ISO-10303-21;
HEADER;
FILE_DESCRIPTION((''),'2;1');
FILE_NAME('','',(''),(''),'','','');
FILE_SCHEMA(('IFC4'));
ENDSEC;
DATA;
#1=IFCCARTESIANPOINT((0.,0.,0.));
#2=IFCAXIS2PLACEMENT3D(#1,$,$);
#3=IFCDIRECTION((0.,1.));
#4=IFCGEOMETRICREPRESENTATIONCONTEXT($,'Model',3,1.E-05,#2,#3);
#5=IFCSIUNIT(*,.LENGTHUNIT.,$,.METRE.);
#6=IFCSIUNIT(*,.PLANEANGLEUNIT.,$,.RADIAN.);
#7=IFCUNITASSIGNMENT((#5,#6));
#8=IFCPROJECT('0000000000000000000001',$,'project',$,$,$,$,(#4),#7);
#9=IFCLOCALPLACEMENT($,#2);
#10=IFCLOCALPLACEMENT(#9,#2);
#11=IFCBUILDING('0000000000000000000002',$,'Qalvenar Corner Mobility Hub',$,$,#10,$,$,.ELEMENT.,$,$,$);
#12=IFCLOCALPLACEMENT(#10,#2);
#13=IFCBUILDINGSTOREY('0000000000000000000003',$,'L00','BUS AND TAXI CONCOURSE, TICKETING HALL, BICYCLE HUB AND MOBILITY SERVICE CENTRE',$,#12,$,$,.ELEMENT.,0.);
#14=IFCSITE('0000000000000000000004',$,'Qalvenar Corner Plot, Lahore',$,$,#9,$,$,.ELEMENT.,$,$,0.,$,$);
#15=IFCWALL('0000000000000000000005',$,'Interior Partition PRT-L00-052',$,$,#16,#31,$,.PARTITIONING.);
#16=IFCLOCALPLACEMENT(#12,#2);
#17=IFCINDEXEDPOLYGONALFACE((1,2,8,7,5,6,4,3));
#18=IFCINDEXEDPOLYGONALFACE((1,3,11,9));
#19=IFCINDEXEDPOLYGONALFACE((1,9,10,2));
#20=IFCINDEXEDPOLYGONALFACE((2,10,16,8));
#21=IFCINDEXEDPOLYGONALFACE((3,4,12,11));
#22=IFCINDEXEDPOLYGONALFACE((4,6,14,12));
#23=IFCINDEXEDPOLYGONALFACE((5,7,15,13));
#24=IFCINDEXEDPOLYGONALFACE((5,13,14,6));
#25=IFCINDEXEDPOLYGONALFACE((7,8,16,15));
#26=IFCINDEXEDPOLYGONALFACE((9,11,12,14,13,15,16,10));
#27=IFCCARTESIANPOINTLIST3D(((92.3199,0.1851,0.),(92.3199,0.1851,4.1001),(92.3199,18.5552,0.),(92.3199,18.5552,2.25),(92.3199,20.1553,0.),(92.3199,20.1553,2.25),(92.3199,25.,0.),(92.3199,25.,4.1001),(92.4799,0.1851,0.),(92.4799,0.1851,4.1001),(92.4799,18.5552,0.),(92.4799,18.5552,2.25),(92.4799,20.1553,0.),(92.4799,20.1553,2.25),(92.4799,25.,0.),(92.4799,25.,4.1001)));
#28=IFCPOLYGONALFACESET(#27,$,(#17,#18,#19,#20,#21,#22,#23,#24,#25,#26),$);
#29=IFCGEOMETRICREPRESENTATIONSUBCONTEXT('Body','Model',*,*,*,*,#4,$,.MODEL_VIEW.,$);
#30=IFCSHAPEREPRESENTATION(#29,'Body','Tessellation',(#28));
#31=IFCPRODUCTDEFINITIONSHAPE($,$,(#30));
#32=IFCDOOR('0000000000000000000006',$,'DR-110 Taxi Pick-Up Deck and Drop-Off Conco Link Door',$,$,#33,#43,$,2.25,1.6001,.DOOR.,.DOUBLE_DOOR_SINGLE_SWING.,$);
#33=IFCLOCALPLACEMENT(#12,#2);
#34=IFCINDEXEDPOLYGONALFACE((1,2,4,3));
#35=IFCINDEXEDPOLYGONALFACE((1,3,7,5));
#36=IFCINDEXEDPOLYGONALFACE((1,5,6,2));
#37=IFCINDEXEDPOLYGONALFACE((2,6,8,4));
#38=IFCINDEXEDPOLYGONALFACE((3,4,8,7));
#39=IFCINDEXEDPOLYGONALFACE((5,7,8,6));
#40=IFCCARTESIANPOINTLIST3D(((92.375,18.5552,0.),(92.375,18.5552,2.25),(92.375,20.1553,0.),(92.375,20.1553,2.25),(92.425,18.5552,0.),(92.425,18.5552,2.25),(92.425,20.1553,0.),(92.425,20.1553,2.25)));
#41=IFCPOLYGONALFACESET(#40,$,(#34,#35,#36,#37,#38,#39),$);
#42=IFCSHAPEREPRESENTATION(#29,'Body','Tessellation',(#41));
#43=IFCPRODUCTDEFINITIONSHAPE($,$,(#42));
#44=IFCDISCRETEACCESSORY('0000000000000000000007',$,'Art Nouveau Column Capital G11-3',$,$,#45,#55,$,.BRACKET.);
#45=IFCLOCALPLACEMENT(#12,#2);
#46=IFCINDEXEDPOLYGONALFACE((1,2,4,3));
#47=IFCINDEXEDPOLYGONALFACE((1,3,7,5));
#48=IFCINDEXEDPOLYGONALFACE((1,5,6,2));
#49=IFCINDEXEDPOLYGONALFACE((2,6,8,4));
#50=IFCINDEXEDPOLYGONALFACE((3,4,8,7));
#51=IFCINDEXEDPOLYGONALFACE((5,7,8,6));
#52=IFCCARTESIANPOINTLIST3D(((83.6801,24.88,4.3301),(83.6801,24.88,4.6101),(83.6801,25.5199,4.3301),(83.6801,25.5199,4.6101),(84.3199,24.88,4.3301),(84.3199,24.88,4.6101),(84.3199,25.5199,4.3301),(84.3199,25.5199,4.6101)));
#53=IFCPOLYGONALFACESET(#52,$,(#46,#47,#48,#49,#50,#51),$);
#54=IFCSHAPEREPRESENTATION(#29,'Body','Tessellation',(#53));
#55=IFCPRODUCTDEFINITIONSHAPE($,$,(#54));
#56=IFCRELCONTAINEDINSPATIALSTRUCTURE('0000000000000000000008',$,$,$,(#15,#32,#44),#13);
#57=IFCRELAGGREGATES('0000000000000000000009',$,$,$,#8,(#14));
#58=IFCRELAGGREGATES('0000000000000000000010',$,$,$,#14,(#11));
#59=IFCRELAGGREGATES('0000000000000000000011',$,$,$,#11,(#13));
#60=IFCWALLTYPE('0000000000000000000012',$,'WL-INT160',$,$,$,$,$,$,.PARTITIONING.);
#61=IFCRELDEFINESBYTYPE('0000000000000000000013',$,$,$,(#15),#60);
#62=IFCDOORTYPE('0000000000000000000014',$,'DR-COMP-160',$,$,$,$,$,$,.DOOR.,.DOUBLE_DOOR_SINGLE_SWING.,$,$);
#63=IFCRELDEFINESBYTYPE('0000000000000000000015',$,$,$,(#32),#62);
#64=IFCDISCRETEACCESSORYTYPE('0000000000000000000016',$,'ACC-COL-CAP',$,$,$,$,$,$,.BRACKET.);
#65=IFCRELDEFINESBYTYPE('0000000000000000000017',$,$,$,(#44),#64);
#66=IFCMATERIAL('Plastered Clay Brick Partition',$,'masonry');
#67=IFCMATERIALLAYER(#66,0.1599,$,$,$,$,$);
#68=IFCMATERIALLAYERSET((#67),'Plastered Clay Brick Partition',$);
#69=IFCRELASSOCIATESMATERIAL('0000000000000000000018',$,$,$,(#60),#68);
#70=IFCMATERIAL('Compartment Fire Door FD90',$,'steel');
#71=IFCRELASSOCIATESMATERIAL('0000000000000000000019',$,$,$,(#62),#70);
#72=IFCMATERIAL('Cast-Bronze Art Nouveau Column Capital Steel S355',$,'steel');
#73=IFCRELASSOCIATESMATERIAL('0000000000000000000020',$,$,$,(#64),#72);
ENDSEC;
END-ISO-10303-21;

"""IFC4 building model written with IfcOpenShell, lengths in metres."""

from ifc_helpers import new_model, si_unit, direction, frame, frame_2d, origin, origin_2d, place, context, subcontext, project, spatial, rectangle, extrude, material, layer, layer_set, type_object, element, fill, save


model = new_model("IFC4")

# Units and contexts
model_context = context("Model", 3, precision=1e-05, world=origin(), true_north=direction((0.0, 1.0)))
body_context = subcontext(model_context, "Body", "Model", "MODEL_VIEW")
ifc_project = project(units=[si_unit("LENGTHUNIT", "METRE"), si_unit("PLANEANGLEUNIT", "RADIAN")], contexts=[model_context])

# Site, building, storey
site_placement = place(None, origin())
site = spatial("IfcSite", under=ifc_project, at=site_placement, Name="Qalvenar Corner Plot, Lahore", CompositionType="ELEMENT", RefElevation=0.0)
building_placement = place(site_placement, origin())
building = spatial("IfcBuilding", under=site, at=building_placement, Name="Qalvenar Corner Mobility Hub", CompositionType="ELEMENT")
storey_placement = place(building_placement, origin())
storey = spatial("IfcBuildingStorey", under=building, at=storey_placement, Name="L00", Description="BUS AND TAXI CONCOURSE, TICKETING HALL, BICYCLE HUB AND MOBILITY SERVICE CENTRE", CompositionType="ELEMENT", Elevation=0.0)

# Shared definitions
ifc_material_1 = material(Name="Plastered Clay Brick Partition", Category="masonry")
ifc_layer_1 = layer(ifc_material_1, 0.1599)
ifc_layer_set_1 = layer_set([ifc_layer_1], Name="Plastered Clay Brick Partition")
wall_type_1 = type_object("IfcWallType", Name="WL-INT160", PredefinedType="PARTITIONING", material=ifc_layer_set_1)

# Wall, opening, door
wall_1_placement = place(storey_placement, frame((92.3999, 0.1851, 0.0), z_axis=(0.0, 0.0, 1.0), x_axis=(0.0, 1.0, 0.0)))
wall_1 = element("IfcWall", 1, at=wall_1_placement, inside=storey, type_object=wall_type_1, Name="Interior Partition PRT-L00-052", PredefinedType="PARTITIONING", context=body_context, shape_type="SweptSolid", body=[
    extrude(rectangle(XDim=24.8149, YDim=0.1599, at=frame_2d((12.4075, 0.0))), origin(), (0.0, 0.0, 1.0), 4.1001),
])
opening_1_placement = place(wall_1_placement, frame((18.3701, 0.0, 0.0)))
opening_1 = element("IfcOpeningElement", 2, at=opening_1_placement, cuts=wall_1, PredefinedType="OPENING", context=body_context, shape_type="SweptSolid", body=[
    extrude(rectangle(XDim=1.6001, YDim=2.25, at=frame_2d((0.8, 1.125))), frame((0.0, 0.0898, 0.0), z_axis=(0.0, -1.0, 0.0), x_axis=(1.0, 0.0, 0.0)), (0.0, 0.0, 1.0), 0.1799),
])
ifc_material_2 = material(Name="Compartment Fire Door FD90", Category="steel")
door_type_1 = type_object("IfcDoorType", Name="DR-COMP-160", OperationType="DOUBLE_DOOR_SINGLE_SWING", PredefinedType="DOOR", material=ifc_material_2)
door_1_placement = place(opening_1_placement, origin())
door_1 = element("IfcDoor", 3, at=door_1_placement, inside=storey, type_object=door_type_1, Name="DR-110 Taxi Pick-Up Deck and Drop-Off Conco Link Door", OperationType="DOUBLE_DOOR_SINGLE_SWING", OverallHeight=2.25, OverallWidth=1.6001, PredefinedType="DOOR", context=body_context, shape_type="SweptSolid", body=[
    extrude(rectangle(XDim=1.6001, YDim=2.25, at=frame_2d((0.8, 1.125))), frame((0.0, 0.0249, 0.0), z_axis=(0.0, -1.0, 0.0), x_axis=(1.0, 0.0, 0.0)), (0.0, 0.0, 1.0), 0.05),
])
fill(opening_1, door_1)

# Discrete accessory
ifc_material_3 = material(Name="Cast-Bronze Art Nouveau Column Capital Steel S355", Category="steel")
discrete_accessory_type = type_object("IfcDiscreteAccessoryType", Name="ACC-COL-CAP", PredefinedType="BRACKET", material=ifc_material_3)
discrete_accessory_placement = place(storey_placement, frame((84.0, 25.2, 4.3301), z_axis=(0.0, 0.0, 1.0), x_axis=(1.0, 0.0, 0.0)))
element("IfcDiscreteAccessory", 4, at=discrete_accessory_placement, inside=storey, type_object=discrete_accessory_type, Name="Art Nouveau Column Capital G11-3", PredefinedType="BRACKET", context=body_context, shape_type="SweptSolid", body=[
    extrude(rectangle(XDim=0.6399, YDim=0.6399, at=origin_2d()), origin(), (0.0, 0.0, 1.0), 0.28),
])

save(model, "model.ifc")
